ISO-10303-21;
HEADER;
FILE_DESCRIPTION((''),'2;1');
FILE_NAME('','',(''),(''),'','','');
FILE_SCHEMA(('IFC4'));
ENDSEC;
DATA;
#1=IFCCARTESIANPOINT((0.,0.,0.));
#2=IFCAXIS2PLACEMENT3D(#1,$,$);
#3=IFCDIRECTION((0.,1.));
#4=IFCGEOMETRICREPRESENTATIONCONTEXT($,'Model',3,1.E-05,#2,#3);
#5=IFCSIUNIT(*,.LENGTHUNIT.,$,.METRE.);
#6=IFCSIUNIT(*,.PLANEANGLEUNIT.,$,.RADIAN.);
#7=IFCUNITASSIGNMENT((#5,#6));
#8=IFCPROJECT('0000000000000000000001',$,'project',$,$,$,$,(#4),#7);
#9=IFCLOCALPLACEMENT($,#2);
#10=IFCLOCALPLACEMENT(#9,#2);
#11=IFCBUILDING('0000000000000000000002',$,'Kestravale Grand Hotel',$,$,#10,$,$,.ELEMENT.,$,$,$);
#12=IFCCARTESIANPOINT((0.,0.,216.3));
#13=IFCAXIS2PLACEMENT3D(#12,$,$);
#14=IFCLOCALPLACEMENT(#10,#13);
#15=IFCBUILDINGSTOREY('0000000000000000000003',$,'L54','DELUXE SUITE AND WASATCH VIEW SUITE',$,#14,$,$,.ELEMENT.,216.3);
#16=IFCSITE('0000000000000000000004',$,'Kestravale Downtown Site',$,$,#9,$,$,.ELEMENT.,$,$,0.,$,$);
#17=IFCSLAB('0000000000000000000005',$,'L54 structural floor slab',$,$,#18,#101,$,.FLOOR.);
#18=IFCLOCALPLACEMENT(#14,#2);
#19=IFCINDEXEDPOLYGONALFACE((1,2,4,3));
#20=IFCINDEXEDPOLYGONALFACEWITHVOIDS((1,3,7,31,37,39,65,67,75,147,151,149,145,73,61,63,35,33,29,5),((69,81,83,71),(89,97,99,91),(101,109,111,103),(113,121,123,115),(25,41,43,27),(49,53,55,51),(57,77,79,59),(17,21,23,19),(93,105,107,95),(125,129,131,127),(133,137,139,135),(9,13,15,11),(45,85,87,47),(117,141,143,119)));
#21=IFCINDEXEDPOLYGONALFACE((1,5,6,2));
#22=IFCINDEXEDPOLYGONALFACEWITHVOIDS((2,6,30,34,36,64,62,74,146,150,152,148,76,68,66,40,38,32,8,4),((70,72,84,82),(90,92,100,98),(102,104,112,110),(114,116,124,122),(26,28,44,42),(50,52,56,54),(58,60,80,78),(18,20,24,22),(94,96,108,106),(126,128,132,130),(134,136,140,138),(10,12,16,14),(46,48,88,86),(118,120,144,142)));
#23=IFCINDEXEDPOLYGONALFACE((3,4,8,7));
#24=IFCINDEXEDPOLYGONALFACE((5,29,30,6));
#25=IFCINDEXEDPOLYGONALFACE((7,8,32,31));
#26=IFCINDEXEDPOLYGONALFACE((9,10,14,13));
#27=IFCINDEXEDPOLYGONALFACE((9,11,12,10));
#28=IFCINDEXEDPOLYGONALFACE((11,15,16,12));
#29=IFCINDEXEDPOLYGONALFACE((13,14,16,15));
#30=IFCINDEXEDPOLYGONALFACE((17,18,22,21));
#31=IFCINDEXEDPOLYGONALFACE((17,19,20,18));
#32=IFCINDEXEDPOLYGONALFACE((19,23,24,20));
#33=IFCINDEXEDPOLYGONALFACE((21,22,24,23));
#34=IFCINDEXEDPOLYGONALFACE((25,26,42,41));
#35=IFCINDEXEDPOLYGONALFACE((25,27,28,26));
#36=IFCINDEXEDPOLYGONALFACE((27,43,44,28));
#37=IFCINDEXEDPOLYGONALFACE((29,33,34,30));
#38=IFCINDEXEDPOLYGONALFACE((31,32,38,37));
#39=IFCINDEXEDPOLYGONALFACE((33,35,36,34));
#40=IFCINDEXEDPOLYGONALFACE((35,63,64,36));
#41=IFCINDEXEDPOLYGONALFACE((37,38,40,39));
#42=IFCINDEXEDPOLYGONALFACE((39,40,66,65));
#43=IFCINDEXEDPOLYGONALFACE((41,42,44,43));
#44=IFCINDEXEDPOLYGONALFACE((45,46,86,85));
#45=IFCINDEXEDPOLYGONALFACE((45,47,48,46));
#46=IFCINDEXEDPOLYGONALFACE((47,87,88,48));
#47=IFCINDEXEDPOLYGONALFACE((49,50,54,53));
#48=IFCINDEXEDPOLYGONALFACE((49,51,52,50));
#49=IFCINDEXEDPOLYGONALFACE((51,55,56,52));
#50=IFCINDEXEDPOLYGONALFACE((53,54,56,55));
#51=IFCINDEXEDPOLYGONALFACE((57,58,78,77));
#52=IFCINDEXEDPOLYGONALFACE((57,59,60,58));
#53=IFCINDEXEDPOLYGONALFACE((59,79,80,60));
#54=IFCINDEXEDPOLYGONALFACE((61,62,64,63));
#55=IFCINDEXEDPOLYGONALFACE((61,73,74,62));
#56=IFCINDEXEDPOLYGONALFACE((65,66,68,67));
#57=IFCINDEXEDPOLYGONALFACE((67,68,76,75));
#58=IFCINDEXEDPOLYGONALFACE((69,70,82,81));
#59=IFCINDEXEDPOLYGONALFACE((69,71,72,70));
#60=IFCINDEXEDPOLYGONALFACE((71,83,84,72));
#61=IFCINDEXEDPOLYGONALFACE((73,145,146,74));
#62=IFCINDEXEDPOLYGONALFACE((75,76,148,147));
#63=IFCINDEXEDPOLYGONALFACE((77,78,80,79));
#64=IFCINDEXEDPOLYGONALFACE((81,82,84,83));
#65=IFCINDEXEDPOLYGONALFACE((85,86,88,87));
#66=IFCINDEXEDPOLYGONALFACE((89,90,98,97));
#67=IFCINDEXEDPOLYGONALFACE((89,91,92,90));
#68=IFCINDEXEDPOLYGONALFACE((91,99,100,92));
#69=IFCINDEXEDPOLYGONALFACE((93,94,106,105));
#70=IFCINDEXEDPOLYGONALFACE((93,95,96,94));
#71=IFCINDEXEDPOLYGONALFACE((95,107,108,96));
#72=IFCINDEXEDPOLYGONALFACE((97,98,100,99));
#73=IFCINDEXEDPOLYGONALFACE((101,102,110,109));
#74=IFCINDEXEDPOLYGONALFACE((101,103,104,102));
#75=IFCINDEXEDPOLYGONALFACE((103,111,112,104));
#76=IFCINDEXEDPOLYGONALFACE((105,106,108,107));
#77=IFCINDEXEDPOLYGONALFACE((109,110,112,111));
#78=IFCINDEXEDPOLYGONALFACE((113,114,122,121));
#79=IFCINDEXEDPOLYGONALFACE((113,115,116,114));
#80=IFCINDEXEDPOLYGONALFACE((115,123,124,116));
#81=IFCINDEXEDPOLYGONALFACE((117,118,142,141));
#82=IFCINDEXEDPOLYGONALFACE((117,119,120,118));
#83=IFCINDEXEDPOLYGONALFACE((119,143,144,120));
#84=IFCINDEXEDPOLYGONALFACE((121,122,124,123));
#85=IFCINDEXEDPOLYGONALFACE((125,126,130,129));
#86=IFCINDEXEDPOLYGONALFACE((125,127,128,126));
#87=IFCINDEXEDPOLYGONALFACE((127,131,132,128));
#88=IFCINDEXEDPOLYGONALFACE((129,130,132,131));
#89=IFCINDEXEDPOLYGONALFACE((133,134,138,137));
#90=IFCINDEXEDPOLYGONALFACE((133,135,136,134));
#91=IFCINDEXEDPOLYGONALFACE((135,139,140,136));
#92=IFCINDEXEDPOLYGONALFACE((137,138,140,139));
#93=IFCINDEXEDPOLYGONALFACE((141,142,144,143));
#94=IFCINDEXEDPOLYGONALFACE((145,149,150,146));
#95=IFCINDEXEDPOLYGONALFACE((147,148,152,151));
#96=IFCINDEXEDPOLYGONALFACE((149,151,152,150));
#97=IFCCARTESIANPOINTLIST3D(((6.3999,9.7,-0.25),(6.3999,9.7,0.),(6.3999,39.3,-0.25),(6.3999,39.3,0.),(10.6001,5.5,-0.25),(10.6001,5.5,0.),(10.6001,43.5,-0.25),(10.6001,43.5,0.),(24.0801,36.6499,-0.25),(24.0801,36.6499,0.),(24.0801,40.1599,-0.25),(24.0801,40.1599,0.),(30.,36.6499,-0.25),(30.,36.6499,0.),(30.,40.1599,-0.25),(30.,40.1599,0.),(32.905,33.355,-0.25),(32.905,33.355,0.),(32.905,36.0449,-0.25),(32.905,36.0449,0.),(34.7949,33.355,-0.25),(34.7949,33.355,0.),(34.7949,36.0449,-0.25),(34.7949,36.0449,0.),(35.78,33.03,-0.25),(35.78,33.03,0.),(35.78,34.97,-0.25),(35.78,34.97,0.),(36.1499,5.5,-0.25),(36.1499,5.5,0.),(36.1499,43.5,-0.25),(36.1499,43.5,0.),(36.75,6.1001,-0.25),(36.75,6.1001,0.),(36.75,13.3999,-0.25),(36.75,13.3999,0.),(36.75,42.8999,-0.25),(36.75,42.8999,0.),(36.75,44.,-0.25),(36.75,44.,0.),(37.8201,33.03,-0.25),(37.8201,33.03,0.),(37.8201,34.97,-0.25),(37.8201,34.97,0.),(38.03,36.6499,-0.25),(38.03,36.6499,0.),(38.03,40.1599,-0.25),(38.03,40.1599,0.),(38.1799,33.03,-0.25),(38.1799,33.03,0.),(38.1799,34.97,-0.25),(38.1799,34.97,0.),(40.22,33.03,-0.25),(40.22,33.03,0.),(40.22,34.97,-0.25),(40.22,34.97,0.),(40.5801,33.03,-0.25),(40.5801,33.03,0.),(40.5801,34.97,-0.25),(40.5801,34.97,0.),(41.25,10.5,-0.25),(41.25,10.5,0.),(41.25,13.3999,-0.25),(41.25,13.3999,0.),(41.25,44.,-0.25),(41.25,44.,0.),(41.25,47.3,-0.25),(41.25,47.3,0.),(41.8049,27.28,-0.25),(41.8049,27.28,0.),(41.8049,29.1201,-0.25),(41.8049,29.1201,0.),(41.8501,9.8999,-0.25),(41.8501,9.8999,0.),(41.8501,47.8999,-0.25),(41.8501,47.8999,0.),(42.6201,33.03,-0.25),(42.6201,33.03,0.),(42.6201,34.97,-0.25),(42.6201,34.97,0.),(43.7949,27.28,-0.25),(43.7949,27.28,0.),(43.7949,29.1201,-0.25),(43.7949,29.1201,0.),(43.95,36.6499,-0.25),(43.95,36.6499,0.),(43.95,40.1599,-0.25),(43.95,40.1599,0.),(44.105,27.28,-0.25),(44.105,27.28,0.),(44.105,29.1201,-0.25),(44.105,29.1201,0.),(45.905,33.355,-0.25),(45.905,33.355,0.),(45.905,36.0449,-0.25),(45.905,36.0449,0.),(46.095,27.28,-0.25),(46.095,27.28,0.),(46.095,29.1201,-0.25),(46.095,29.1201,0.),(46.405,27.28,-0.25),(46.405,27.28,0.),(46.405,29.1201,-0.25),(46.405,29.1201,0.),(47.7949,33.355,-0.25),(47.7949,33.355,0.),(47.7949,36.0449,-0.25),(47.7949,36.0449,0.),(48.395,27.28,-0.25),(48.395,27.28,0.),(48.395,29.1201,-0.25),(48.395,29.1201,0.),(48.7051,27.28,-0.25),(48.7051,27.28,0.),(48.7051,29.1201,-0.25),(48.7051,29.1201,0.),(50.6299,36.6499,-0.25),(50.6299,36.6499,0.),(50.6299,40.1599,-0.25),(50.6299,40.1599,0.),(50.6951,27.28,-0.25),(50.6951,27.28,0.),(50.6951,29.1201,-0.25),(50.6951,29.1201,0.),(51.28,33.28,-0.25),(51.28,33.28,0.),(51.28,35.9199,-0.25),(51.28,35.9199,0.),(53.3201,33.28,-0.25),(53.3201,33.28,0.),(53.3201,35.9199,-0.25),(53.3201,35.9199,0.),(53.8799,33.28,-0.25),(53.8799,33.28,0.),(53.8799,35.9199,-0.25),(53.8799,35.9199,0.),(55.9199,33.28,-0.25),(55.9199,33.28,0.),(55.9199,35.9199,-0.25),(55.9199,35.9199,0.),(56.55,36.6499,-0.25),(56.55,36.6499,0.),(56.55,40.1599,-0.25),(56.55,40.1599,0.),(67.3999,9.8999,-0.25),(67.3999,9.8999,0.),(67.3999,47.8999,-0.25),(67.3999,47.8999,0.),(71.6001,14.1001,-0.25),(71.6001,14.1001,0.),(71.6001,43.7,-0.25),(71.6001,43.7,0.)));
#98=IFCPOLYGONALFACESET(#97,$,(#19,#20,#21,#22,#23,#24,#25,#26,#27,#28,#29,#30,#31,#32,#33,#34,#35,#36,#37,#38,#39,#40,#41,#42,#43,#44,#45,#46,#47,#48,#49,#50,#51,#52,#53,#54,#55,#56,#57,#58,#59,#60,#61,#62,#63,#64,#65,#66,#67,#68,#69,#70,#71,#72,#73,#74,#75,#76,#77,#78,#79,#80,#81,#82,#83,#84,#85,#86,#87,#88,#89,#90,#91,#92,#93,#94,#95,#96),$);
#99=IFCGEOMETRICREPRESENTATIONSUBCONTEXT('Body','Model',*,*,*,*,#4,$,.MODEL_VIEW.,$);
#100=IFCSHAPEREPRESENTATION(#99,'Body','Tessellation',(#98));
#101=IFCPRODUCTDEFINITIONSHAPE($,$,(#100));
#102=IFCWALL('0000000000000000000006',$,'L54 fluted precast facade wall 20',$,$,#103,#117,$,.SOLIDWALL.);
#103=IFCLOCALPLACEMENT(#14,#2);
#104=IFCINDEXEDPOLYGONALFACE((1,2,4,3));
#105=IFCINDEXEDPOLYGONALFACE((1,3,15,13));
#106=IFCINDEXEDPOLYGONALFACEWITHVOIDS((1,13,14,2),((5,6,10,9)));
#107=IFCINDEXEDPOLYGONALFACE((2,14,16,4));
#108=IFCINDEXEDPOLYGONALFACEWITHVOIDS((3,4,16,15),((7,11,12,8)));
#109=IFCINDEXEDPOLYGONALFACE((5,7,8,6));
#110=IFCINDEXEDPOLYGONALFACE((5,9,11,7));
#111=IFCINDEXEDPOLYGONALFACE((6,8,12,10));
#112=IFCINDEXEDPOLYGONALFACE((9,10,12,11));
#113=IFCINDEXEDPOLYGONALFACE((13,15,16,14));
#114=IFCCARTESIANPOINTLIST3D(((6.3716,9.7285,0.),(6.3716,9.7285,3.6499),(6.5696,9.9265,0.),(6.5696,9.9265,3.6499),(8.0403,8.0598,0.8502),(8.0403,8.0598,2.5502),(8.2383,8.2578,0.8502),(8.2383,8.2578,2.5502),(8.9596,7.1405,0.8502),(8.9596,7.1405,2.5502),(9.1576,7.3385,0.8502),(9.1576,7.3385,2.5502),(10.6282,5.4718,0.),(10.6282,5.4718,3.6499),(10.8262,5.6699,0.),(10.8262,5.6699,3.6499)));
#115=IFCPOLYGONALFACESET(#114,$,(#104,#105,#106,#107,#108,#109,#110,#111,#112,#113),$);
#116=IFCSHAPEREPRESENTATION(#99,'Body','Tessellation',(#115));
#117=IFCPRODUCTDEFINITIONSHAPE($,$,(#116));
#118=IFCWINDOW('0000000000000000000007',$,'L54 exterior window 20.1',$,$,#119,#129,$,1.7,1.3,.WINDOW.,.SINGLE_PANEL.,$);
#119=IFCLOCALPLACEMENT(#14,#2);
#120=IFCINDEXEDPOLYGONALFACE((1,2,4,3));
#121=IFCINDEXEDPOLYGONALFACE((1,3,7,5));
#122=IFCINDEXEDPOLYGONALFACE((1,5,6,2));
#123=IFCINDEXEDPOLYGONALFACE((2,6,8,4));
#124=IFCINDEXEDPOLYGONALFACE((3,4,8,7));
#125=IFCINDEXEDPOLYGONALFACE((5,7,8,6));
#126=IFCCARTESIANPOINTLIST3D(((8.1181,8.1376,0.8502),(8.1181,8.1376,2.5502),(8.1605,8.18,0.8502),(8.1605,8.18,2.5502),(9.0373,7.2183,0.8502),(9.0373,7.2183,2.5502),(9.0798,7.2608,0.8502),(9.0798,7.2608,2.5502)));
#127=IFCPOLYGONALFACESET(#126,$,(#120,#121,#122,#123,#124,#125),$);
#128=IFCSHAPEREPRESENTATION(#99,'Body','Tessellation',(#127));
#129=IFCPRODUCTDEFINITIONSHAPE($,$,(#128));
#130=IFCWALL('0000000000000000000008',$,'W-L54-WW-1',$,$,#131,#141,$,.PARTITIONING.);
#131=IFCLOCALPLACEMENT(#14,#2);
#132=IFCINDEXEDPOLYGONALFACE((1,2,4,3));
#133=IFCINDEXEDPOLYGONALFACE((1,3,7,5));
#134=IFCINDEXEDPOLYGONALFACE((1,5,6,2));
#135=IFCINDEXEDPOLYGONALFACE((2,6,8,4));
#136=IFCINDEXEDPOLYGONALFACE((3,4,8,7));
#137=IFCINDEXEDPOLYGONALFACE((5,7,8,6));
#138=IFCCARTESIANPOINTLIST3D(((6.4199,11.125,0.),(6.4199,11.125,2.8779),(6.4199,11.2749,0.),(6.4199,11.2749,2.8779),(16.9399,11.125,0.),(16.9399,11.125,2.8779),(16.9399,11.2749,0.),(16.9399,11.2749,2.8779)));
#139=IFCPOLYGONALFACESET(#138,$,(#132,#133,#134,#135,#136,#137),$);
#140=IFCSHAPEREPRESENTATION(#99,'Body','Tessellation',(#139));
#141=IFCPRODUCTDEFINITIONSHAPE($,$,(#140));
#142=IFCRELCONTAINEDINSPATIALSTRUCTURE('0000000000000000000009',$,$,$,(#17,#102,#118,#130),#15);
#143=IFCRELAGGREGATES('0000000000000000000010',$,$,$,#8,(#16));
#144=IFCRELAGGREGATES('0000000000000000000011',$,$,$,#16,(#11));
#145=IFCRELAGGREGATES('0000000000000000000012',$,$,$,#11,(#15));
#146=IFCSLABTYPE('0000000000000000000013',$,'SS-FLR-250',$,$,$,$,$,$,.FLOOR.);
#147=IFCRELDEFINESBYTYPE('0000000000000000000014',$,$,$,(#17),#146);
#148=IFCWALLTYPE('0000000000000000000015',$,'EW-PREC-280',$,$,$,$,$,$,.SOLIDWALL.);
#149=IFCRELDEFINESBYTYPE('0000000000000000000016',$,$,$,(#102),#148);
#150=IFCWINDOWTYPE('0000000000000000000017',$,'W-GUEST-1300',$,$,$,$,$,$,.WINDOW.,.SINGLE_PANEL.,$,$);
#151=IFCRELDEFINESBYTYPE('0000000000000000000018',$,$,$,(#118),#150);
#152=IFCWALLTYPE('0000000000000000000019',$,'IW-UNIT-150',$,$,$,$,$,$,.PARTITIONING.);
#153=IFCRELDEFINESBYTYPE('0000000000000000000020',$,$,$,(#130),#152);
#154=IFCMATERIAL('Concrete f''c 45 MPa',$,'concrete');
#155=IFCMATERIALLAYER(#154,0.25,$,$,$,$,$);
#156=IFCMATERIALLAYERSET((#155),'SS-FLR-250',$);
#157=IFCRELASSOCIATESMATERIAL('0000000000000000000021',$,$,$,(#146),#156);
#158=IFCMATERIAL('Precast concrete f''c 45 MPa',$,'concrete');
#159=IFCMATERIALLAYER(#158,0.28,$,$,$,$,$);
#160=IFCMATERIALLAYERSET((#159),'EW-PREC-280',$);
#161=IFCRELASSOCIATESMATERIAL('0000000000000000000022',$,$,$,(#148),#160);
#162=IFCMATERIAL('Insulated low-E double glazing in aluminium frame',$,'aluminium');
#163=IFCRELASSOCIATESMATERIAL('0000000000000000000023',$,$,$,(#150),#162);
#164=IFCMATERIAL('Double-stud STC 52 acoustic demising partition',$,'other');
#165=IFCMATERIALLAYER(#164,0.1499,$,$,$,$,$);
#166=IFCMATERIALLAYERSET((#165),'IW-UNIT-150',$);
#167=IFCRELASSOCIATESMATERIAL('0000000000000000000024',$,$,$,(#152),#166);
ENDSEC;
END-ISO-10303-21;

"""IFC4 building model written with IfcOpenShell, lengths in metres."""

from ifc_helpers import new_model, si_unit, direction, frame, frame_2d, origin, place, context, subcontext, project, spatial, polyline, rectangle, outline, extrude, material, layer, layer_set, type_object, element, fill, save


model = new_model("IFC4")

# Units and contexts
model_context = context("Model", 3, precision=1e-05, world=origin(), true_north=direction((0.0, 1.0)))
body_context = subcontext(model_context, "Body", "Model", "MODEL_VIEW")
ifc_project = project(units=[si_unit("LENGTHUNIT", "METRE"), si_unit("PLANEANGLEUNIT", "RADIAN")], contexts=[model_context])

# Site, building, storey
site_placement = place(None, origin())
site = spatial("IfcSite", under=ifc_project, at=site_placement, Name="Kestravale Downtown Site", CompositionType="ELEMENT", RefElevation=0.0)
building_placement = place(site_placement, origin())
building = spatial("IfcBuilding", under=site, at=building_placement, Name="Kestravale Grand Hotel", CompositionType="ELEMENT")
storey_placement = place(building_placement, frame((0.0, 0.0, 216.3)))
storey = spatial("IfcBuildingStorey", under=building, at=storey_placement, Name="L54", Description="DELUXE SUITE AND WASATCH VIEW SUITE", CompositionType="ELEMENT", Elevation=216.3)

# Slab
ifc_material_1 = material(Name="Concrete f'c 45 MPa", Category="concrete")
ifc_layer_1 = layer(ifc_material_1, 0.25)
ifc_layer_set_1 = layer_set([ifc_layer_1], Name="SS-FLR-250")
slab_type_1 = type_object("IfcSlabType", Name="SS-FLR-250", PredefinedType="FLOOR", material=ifc_layer_set_1)
slab_1_placement = place(storey_placement, frame((0.0, 0.0, -0.25)))
element("IfcSlab", 1, at=slab_1_placement, inside=storey, type_object=slab_type_1, Name="L54 structural floor slab", PredefinedType="FLOOR", context=body_context, shape_type="SweptSolid", body=[
    extrude(outline(polyline([(10.6001, 5.5), (36.1499, 5.5), (36.75, 6.1001), (36.75, 13.3999), (41.25, 13.3999), (41.25, 10.5), (41.8501, 9.8999), (67.3999, 9.8999), (71.6001, 14.1001), (71.6001, 43.7), (67.3999, 47.8999), (41.8501, 47.8999), (41.25, 47.3), (41.25, 44.0), (36.75, 44.0), (36.75, 42.8999), (36.1499, 43.5), (10.6001, 43.5), (6.3999, 39.3), (6.3999, 9.7), (10.6001, 5.5)]), holes=[polyline([(24.0801, 36.6499), (30.0, 36.6499), (30.0, 40.1599), (24.0801, 40.1599), (24.0801, 36.6499)]), polyline([(38.03, 36.6499), (43.95, 36.6499), (43.95, 40.1599), (38.03, 40.1599), (38.03, 36.6499)]), polyline([(50.6299, 36.6499), (56.55, 36.6499), (56.55, 40.1599), (50.6299, 40.1599), (50.6299, 36.6499)]), polyline([(41.8049, 27.28), (43.7949, 27.28), (43.7949, 29.1201), (41.8049, 29.1201), (41.8049, 27.28)]), polyline([(44.105, 27.28), (46.095, 27.28), (46.095, 29.1201), (44.105, 29.1201), (44.105, 27.28)]), polyline([(46.405, 27.28), (48.395, 27.28), (48.395, 29.1201), (46.405, 29.1201), (46.405, 27.28)]), polyline([(48.7051, 27.28), (50.6951, 27.28), (50.6951, 29.1201), (48.7051, 29.1201), (48.7051, 27.28)]), polyline([(35.78, 33.03), (37.8201, 33.03), (37.8201, 34.97), (35.78, 34.97), (35.78, 33.03)]), polyline([(38.1799, 33.03), (40.22, 33.03), (40.22, 34.97), (38.1799, 34.97), (38.1799, 33.03)]), polyline([(40.5801, 33.03), (42.6201, 33.03), (42.6201, 34.97), (40.5801, 34.97), (40.5801, 33.03)]), polyline([(32.905, 33.355), (34.7949, 33.355), (34.7949, 36.0449), (32.905, 36.0449), (32.905, 33.355)]), polyline([(45.905, 33.355), (47.7949, 33.355), (47.7949, 36.0449), (45.905, 36.0449), (45.905, 33.355)]), polyline([(51.28, 33.28), (53.3201, 33.28), (53.3201, 35.9199), (51.28, 35.9199), (51.28, 33.28)]), polyline([(53.8799, 33.28), (55.9199, 33.28), (55.9199, 35.9199), (53.8799, 35.9199), (53.8799, 33.28)])]), origin(), (0.0, 0.0, 1.0), 0.25),
])

# Wall, opening, window
ifc_material_2 = material(Name="Precast concrete f'c 45 MPa", Category="concrete")
ifc_layer_2 = layer(ifc_material_2, 0.28)
ifc_layer_set_2 = layer_set([ifc_layer_2], Name="EW-PREC-280")
wall_type_1 = type_object("IfcWallType", Name="EW-PREC-280", PredefinedType="SOLIDWALL", material=ifc_layer_set_2)
wall_1_placement = place(storey_placement, frame((6.4707, 9.8274, 0.0), z_axis=(0.0, 0.0, 1.0), x_axis=(0.707107, -0.707107, 0.0)))
wall_1 = element("IfcWall", 2, at=wall_1_placement, inside=storey, type_object=wall_type_1, Name="L54 fluted precast facade wall 20", PredefinedType="SOLIDWALL", context=body_context, shape_type="SweptSolid", body=[
    extrude(rectangle(XDim=6.0198, YDim=0.28, at=frame_2d((3.0098, 0.0))), origin(), (0.0, 0.0, 1.0), 3.6499),
])
opening_placement = place(wall_1_placement, frame((2.3599, 0.0, 0.8501)))
opening = element("IfcOpeningElement", 3, at=opening_placement, cuts=wall_1, PredefinedType="OPENING", context=body_context, shape_type="SweptSolid", body=[
    extrude(rectangle(XDim=1.3, YDim=1.7, at=frame_2d((0.6499, 0.8501))), frame((0.0, 0.1499, 0.0), z_axis=(0.0, -1.0, 0.0), x_axis=(1.0, 0.0, 0.0)), (0.0, 0.0, 1.0), 0.3),
])
ifc_material_3 = material(Name="Insulated low-E double glazing in aluminium frame", Category="aluminium")
window_type = type_object("IfcWindowType", Name="W-GUEST-1300", PartitioningType="SINGLE_PANEL", PredefinedType="WINDOW", material=ifc_material_3)
window_placement = place(opening_placement, origin())
window = element("IfcWindow", 4, at=window_placement, inside=storey, type_object=window_type, Name="L54 exterior window 20.1", OverallHeight=1.7, OverallWidth=1.3, PartitioningType="SINGLE_PANEL", PredefinedType="WINDOW", context=body_context, shape_type="SweptSolid", body=[
    extrude(rectangle(XDim=1.3, YDim=1.7, at=frame_2d((0.6499, 0.8501))), frame((0.0, 0.03, 0.0), z_axis=(0.0, -1.0, 0.0), x_axis=(1.0, 0.0, 0.0)), (0.0, 0.0, 1.0), 0.0601),
])
fill(opening, window)

# Wall
ifc_material_4 = material(Name="Double-stud STC 52 acoustic demising partition", Category="other")
ifc_layer_3 = layer(ifc_material_4, 0.1499)
ifc_layer_set_3 = layer_set([ifc_layer_3], Name="IW-UNIT-150")
wall_type_2 = type_object("IfcWallType", Name="IW-UNIT-150", PredefinedType="PARTITIONING", material=ifc_layer_set_3)
wall_2_placement = place(storey_placement, frame((6.4199, 11.2, 0.0), z_axis=(0.0, 0.0, 1.0), x_axis=(1.0, 0.0, 0.0)))
element("IfcWall", 5, at=wall_2_placement, inside=storey, type_object=wall_type_2, Name="W-L54-WW-1", PredefinedType="PARTITIONING", context=body_context, shape_type="SweptSolid", body=[
    extrude(rectangle(XDim=10.52, YDim=0.1499, at=frame_2d((5.26, 0.0))), origin(), (0.0, 0.0, 1.0), 2.8779),
])

save(model, "model.ifc")
